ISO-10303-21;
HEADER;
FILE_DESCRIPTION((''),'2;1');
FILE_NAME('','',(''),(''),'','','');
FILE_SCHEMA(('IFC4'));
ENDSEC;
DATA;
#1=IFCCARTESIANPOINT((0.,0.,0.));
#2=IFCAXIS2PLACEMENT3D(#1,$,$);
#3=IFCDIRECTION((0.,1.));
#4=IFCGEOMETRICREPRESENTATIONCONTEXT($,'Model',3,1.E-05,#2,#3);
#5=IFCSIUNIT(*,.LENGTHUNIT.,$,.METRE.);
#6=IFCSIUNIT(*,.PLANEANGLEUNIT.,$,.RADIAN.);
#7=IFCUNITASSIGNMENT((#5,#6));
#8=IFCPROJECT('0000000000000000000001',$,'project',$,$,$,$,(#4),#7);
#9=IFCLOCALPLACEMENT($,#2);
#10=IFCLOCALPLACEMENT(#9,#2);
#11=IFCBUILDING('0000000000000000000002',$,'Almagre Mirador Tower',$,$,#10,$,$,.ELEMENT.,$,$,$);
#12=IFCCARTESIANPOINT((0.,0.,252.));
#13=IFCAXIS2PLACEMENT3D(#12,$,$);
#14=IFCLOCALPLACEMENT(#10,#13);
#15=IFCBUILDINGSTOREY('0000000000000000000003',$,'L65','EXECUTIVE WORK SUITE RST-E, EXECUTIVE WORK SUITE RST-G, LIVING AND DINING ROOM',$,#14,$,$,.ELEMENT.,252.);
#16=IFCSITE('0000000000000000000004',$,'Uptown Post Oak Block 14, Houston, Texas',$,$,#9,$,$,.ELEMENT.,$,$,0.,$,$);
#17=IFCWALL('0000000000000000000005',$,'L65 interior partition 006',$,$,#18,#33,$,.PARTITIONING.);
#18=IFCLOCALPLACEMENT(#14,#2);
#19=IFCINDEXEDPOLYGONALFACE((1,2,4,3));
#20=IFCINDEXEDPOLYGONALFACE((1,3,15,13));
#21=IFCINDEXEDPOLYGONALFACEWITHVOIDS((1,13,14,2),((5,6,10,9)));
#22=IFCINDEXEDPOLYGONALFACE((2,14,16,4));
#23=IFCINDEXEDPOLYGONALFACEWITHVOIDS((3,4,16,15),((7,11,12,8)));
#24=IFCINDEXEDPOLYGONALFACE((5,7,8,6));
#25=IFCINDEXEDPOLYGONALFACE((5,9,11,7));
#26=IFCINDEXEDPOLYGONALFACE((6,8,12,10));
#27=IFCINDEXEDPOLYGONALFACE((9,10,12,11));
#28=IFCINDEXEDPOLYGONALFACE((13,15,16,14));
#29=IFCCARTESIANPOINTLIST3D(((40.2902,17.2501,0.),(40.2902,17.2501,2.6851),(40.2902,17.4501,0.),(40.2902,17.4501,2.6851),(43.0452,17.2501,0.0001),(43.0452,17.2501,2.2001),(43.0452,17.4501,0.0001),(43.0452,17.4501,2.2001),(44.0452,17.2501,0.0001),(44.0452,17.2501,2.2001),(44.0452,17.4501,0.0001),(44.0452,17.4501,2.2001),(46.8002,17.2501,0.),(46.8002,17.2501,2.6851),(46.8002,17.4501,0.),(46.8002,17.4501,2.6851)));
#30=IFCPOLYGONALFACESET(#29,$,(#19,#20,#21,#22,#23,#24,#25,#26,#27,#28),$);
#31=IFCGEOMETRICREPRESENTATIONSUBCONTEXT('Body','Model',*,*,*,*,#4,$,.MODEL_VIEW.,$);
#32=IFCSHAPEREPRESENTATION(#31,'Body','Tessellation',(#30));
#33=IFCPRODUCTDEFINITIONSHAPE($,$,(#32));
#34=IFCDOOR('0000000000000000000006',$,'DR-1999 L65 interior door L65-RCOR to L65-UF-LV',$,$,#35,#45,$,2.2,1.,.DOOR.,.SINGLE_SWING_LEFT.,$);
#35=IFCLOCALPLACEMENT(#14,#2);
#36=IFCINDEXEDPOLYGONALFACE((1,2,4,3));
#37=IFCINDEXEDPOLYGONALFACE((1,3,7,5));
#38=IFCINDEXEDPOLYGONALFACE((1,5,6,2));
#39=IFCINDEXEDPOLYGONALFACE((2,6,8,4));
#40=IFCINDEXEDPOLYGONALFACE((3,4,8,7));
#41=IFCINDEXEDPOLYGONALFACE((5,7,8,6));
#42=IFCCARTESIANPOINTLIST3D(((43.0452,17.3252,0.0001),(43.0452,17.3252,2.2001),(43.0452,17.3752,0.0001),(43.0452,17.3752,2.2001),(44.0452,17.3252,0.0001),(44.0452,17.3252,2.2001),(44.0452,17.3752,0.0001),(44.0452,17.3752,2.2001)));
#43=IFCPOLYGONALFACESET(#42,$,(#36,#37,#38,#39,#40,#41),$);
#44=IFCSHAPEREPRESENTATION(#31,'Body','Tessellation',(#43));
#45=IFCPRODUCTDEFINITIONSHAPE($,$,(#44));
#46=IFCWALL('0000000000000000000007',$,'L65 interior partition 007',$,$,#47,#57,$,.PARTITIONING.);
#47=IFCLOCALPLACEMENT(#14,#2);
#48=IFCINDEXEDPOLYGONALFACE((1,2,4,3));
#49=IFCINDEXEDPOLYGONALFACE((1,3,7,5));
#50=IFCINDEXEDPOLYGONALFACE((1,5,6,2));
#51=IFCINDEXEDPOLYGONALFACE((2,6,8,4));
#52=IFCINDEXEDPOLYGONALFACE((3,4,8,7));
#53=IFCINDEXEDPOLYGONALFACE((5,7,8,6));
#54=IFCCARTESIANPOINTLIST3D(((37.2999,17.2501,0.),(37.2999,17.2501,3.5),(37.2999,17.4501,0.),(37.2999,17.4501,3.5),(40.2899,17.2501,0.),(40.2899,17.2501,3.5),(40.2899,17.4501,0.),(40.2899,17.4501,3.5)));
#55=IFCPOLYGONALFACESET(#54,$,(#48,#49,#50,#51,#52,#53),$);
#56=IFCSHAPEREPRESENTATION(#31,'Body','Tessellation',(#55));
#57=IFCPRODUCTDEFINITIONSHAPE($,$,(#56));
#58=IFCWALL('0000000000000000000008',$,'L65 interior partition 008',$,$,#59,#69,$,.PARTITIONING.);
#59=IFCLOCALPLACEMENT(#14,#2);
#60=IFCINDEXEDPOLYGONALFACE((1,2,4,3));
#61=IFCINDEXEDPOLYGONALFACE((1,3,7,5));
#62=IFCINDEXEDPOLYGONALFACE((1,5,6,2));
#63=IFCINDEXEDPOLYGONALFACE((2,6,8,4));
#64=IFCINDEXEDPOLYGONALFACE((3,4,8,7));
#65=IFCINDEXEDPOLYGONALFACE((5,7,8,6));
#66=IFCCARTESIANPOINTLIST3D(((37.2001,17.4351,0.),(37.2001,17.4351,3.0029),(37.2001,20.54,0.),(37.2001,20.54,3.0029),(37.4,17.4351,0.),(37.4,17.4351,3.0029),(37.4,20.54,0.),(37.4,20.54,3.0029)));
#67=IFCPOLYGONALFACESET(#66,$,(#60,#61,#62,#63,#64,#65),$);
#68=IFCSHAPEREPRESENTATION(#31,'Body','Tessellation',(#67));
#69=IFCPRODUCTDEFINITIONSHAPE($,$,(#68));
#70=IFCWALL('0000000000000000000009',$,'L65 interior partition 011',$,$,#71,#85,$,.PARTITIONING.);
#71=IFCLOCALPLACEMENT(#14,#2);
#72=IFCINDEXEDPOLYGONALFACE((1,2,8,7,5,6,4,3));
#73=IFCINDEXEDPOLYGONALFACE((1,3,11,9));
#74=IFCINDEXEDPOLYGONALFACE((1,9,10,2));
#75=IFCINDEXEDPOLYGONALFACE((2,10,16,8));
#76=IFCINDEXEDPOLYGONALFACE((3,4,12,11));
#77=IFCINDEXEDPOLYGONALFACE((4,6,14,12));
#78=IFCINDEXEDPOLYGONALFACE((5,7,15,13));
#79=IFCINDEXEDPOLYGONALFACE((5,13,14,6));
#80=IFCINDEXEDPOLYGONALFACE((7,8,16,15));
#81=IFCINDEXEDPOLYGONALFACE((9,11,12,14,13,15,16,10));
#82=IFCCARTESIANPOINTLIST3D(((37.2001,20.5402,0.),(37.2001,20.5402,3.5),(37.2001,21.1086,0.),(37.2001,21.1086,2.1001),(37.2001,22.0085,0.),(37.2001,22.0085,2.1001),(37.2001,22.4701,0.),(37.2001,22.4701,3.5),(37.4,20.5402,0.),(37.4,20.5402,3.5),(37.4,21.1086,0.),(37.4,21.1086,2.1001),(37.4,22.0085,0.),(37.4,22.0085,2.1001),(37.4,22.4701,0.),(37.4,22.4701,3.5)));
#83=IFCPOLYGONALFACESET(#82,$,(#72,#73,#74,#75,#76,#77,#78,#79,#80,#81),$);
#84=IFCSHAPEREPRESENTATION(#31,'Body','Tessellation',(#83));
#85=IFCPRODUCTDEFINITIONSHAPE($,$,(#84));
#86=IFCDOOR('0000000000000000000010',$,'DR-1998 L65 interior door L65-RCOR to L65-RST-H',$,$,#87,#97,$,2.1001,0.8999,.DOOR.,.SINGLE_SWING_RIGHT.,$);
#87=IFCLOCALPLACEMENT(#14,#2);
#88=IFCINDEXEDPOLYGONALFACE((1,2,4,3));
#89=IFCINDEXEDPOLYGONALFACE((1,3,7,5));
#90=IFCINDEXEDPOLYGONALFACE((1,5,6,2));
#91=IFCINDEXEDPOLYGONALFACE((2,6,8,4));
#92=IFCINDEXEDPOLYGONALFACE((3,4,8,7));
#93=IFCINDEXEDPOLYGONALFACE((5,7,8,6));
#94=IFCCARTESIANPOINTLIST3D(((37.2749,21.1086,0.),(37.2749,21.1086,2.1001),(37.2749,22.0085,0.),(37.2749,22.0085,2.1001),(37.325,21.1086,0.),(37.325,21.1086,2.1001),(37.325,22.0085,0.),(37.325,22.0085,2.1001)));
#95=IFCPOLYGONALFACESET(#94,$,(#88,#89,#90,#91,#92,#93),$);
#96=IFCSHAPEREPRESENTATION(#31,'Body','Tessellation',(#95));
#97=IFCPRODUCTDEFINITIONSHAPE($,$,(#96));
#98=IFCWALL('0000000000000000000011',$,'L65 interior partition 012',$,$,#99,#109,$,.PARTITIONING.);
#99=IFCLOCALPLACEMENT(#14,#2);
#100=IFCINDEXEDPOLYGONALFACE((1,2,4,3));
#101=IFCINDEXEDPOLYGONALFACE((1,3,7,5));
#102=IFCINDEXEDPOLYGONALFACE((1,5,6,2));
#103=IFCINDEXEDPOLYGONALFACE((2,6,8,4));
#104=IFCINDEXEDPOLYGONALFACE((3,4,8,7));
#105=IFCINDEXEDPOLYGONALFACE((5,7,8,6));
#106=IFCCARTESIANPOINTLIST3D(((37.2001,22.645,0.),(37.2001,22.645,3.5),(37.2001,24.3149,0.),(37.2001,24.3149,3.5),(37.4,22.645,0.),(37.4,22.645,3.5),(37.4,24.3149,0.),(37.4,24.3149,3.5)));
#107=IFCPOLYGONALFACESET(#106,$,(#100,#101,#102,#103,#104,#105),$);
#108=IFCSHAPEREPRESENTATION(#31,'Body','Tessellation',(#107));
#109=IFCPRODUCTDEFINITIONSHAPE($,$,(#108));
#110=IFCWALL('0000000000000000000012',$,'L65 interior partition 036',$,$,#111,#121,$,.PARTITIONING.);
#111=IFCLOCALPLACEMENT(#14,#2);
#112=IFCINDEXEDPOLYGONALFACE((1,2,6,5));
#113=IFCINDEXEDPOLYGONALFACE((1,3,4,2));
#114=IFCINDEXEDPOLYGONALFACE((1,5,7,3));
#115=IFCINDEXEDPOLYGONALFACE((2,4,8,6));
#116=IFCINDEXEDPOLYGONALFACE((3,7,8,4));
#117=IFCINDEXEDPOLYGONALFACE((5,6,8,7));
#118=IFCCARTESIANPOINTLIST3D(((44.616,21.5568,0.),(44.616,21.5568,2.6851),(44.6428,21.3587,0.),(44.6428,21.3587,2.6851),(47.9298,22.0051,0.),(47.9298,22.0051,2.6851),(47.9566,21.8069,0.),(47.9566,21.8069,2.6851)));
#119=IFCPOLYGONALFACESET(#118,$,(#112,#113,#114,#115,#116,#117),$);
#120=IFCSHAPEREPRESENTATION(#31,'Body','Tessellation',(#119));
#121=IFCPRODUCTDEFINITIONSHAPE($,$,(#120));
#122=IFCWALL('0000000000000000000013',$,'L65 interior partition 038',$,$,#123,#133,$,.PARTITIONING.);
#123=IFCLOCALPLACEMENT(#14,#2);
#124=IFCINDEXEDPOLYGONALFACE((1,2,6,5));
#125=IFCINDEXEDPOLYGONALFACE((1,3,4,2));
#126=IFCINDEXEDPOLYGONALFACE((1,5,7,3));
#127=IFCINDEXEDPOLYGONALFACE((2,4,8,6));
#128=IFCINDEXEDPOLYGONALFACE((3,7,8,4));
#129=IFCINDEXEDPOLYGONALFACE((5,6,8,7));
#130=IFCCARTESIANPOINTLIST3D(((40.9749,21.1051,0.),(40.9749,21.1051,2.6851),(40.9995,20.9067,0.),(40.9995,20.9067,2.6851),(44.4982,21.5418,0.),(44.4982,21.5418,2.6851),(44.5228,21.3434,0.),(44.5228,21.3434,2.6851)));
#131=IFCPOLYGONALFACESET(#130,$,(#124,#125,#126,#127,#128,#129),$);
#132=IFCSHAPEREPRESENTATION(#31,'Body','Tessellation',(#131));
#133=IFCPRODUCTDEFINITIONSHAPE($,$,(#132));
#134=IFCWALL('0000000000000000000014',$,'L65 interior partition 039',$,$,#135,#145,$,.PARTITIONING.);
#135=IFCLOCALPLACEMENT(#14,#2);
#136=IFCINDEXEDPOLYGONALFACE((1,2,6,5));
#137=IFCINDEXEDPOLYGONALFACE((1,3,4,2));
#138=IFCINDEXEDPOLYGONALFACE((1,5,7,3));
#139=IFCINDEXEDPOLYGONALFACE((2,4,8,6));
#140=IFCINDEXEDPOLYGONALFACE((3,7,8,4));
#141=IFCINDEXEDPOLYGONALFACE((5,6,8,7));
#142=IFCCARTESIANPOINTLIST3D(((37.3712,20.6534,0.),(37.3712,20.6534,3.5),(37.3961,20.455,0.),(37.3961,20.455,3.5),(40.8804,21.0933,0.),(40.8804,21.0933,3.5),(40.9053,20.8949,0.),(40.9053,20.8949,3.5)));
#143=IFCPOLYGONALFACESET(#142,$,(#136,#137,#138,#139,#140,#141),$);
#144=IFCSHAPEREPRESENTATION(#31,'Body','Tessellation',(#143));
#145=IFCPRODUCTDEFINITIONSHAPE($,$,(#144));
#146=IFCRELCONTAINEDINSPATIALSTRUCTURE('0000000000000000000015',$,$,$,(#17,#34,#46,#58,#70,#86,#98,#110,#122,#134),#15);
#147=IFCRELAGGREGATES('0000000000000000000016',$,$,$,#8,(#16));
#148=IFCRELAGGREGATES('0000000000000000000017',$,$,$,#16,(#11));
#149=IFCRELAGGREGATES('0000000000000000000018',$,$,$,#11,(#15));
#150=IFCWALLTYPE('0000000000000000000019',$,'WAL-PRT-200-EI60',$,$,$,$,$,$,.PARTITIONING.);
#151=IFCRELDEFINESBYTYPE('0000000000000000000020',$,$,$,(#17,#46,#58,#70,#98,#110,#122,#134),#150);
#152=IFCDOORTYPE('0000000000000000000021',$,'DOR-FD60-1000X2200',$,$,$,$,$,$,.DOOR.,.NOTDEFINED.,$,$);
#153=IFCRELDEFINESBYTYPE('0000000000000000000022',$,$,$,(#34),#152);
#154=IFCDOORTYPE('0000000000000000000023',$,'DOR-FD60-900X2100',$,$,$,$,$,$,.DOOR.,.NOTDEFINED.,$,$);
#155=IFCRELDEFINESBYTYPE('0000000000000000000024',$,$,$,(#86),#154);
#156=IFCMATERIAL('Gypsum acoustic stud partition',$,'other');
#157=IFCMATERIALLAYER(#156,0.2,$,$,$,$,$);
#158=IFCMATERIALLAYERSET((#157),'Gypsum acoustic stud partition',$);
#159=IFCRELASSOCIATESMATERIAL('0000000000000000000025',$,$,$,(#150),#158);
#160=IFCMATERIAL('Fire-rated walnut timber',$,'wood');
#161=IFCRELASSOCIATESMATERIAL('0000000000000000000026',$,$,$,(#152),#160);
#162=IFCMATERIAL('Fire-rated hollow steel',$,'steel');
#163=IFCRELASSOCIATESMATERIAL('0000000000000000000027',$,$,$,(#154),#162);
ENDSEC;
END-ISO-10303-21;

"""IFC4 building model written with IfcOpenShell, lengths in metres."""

from ifc_helpers import new_model, si_unit, direction, frame, frame_2d, origin, place, context, subcontext, project, spatial, rectangle, extrude, material, layer, layer_set, type_object, element, fill, save


model = new_model("IFC4")

# Units and contexts
model_context = context("Model", 3, precision=1e-05, world=origin(), true_north=direction((0.0, 1.0)))
body_context = subcontext(model_context, "Body", "Model", "MODEL_VIEW")
ifc_project = project(units=[si_unit("LENGTHUNIT", "METRE"), si_unit("PLANEANGLEUNIT", "RADIAN")], contexts=[model_context])

# Site, building, storey
site_placement = place(None, origin())
site = spatial("IfcSite", under=ifc_project, at=site_placement, Name="Uptown Post Oak Block 14, Houston, Texas", CompositionType="ELEMENT", RefElevation=0.0)
building_placement = place(site_placement, origin())
building = spatial("IfcBuilding", under=site, at=building_placement, Name="Almagre Mirador Tower", CompositionType="ELEMENT")
storey_placement = place(building_placement, frame((0.0, 0.0, 252.0)))
storey = spatial("IfcBuildingStorey", under=building, at=storey_placement, Name="L65", Description="EXECUTIVE WORK SUITE RST-E, EXECUTIVE WORK SUITE RST-G, LIVING AND DINING ROOM", CompositionType="ELEMENT", Elevation=252.0)

# Wall, opening, door
ifc_material_1 = material(Name="Gypsum acoustic stud partition", Category="other")
ifc_layer_1 = layer(ifc_material_1, 0.2)
ifc_layer_set_1 = layer_set([ifc_layer_1], Name="Gypsum acoustic stud partition")
wall_type_1 = type_object("IfcWallType", Name="WAL-PRT-200-EI60", PredefinedType="PARTITIONING", material=ifc_layer_set_1)
wall_1_placement = place(storey_placement, frame((46.8, 17.3501, 0.0), z_axis=(0.0, 0.0, 1.0), x_axis=(-1.0, 0.0, 0.0)))
wall_1 = element("IfcWall", 1, at=wall_1_placement, inside=storey, type_object=wall_type_1, Name="L65 interior partition 006", PredefinedType="PARTITIONING", context=body_context, shape_type="SweptSolid", body=[
    extrude(rectangle(XDim=6.51, YDim=0.2, at=frame_2d((3.2549, 0.0))), origin(), (0.0, 0.0, 1.0), 2.6851),
])
opening_1_placement = place(wall_1_placement, frame((2.7549, 0.0, 0.0)))
opening_1 = element("IfcOpeningElement", 2, at=opening_1_placement, cuts=wall_1, PredefinedType="OPENING", context=body_context, shape_type="SweptSolid", body=[
    extrude(rectangle(XDim=1.0, YDim=2.2, at=frame_2d((0.5, 1.1001))), frame((0.0, 0.1101, 0.0), z_axis=(0.0, -1.0, 0.0), x_axis=(1.0, 0.0, 0.0)), (0.0, 0.0, 1.0), 0.22),
])
ifc_material_2 = material(Name="Fire-rated walnut timber", Category="wood")
door_type_1 = type_object("IfcDoorType", Name="DOR-FD60-1000X2200", OperationType="NOTDEFINED", PredefinedType="DOOR", material=ifc_material_2)
door_1_placement = place(opening_1_placement, origin())
door_1 = element("IfcDoor", 3, at=door_1_placement, inside=storey, type_object=door_type_1, Name="DR-1999 L65 interior door L65-RCOR to L65-UF-LV", OperationType="SINGLE_SWING_LEFT", OverallHeight=2.2, OverallWidth=1.0, PredefinedType="DOOR", context=body_context, shape_type="SweptSolid", body=[
    extrude(rectangle(XDim=1.0, YDim=2.2, at=frame_2d((0.5, 1.1001))), frame((0.0, 0.0249, 0.0), z_axis=(0.0, -1.0, 0.0), x_axis=(1.0, 0.0, 0.0)), (0.0, 0.0, 1.0), 0.05),
])
fill(opening_1, door_1)

# Walls
wall_2_placement = place(storey_placement, frame((40.29, 17.3501, 0.0), z_axis=(0.0, 0.0, 1.0), x_axis=(-1.0, 0.0, 0.0)))
element("IfcWall", 4, at=wall_2_placement, inside=storey, type_object=wall_type_1, Name="L65 interior partition 007", PredefinedType="PARTITIONING", context=body_context, shape_type="SweptSolid", body=[
    extrude(rectangle(XDim=2.99, YDim=0.2, at=frame_2d((1.4951, 0.0))), origin(), (0.0, 0.0, 1.0), 3.5),
])
wall_3_placement = place(storey_placement, frame((37.3, 17.4351, 0.0), z_axis=(0.0, 0.0, 1.0), x_axis=(0.0, 1.0, 0.0)))
element("IfcWall", 5, at=wall_3_placement, inside=storey, type_object=wall_type_1, Name="L65 interior partition 008", PredefinedType="PARTITIONING", context=body_context, shape_type="SweptSolid", body=[
    extrude(rectangle(XDim=3.105, YDim=0.2, at=frame_2d((1.5525, 0.0))), origin(), (0.0, 0.0, 1.0), 3.0029),
])

# Wall, opening, door
wall_4_placement = place(storey_placement, frame((37.3, 22.47, 0.0), z_axis=(0.0, 0.0, 1.0), x_axis=(0.0, -1.0, 0.0)))
wall_4 = element("IfcWall", 6, at=wall_4_placement, inside=storey, type_object=wall_type_1, Name="L65 interior partition 011", PredefinedType="PARTITIONING", context=body_context, shape_type="SweptSolid", body=[
    extrude(rectangle(XDim=1.9299, YDim=0.2, at=frame_2d((0.9648, 0.0))), origin(), (0.0, 0.0, 1.0), 3.5),
])
opening_2_placement = place(wall_4_placement, frame((0.4614, 0.0, 0.0)))
opening_2 = element("IfcOpeningElement", 7, at=opening_2_placement, cuts=wall_4, PredefinedType="OPENING", context=body_context, shape_type="SweptSolid", body=[
    extrude(rectangle(XDim=0.8999, YDim=2.1001, at=frame_2d((0.45, 1.05))), frame((0.0, 0.1101, 0.0), z_axis=(0.0, -1.0, 0.0), x_axis=(1.0, 0.0, 0.0)), (0.0, 0.0, 1.0), 0.22),
])
ifc_material_3 = material(Name="Fire-rated hollow steel", Category="steel")
door_type_2 = type_object("IfcDoorType", Name="DOR-FD60-900X2100", OperationType="NOTDEFINED", PredefinedType="DOOR", material=ifc_material_3)
door_2_placement = place(opening_2_placement, origin())
door_2 = element("IfcDoor", 8, at=door_2_placement, inside=storey, type_object=door_type_2, Name="DR-1998 L65 interior door L65-RCOR to L65-RST-H", OperationType="SINGLE_SWING_RIGHT", OverallHeight=2.1001, OverallWidth=0.8999, PredefinedType="DOOR", context=body_context, shape_type="SweptSolid", body=[
    extrude(rectangle(XDim=0.8999, YDim=2.1001, at=frame_2d((0.45, 1.05))), frame((0.0, 0.0249, 0.0), z_axis=(0.0, -1.0, 0.0), x_axis=(1.0, 0.0, 0.0)), (0.0, 0.0, 1.0), 0.05),
])
fill(opening_2, door_2)

# Walls
wall_5_placement = place(storey_placement, frame((37.3, 22.645, 0.0), z_axis=(0.0, 0.0, 1.0), x_axis=(0.0, 1.0, 0.0)))
element("IfcWall", 9, at=wall_5_placement, inside=storey, type_object=wall_type_1, Name="L65 interior partition 012", PredefinedType="PARTITIONING", context=body_context, shape_type="SweptSolid", body=[
    extrude(rectangle(XDim=1.6699, YDim=0.2, at=frame_2d((0.835, 0.0))), origin(), (0.0, 0.0, 1.0), 3.5),
])
wall_6_placement = place(storey_placement, frame((47.9431, 21.906, 0.0), z_axis=(0.0, 0.0, 1.0), x_axis=(-0.990975, -0.134048, 0.0)))
element("IfcWall", 10, at=wall_6_placement, inside=storey, type_object=wall_type_1, Name="L65 interior partition 036", PredefinedType="PARTITIONING", context=body_context, shape_type="SweptSolid", body=[
    extrude(rectangle(XDim=3.344, YDim=0.2, at=frame_2d((1.6719, 0.0))), origin(), (0.0, 0.0, 1.0), 2.6851),
])
wall_7_placement = place(storey_placement, frame((44.5105, 21.4426, 0.0), z_axis=(0.0, 0.0, 1.0), x_axis=(-0.992404, -0.123019, 0.0)))
element("IfcWall", 11, at=wall_7_placement, inside=storey, type_object=wall_type_1, Name="L65 interior partition 038", PredefinedType="PARTITIONING", context=body_context, shape_type="SweptSolid", body=[
    extrude(rectangle(XDim=3.5503, YDim=0.2, at=frame_2d((1.7751, 0.0))), origin(), (0.0, 0.0, 1.0), 2.6851),
])
wall_8_placement = place(storey_placement, frame((40.8928, 20.9941, 0.0), z_axis=(0.0, 0.0, 1.0), x_axis=(-0.992232, -0.1244, 0.0)))
element("IfcWall", 12, at=wall_8_placement, inside=storey, type_object=wall_type_1, Name="L65 interior partition 039", PredefinedType="PARTITIONING", context=body_context, shape_type="SweptSolid", body=[
    extrude(rectangle(XDim=3.5366, YDim=0.2, at=frame_2d((1.7683, 0.0))), origin(), (0.0, 0.0, 1.0), 3.5),
])

save(model, "model.ifc")
